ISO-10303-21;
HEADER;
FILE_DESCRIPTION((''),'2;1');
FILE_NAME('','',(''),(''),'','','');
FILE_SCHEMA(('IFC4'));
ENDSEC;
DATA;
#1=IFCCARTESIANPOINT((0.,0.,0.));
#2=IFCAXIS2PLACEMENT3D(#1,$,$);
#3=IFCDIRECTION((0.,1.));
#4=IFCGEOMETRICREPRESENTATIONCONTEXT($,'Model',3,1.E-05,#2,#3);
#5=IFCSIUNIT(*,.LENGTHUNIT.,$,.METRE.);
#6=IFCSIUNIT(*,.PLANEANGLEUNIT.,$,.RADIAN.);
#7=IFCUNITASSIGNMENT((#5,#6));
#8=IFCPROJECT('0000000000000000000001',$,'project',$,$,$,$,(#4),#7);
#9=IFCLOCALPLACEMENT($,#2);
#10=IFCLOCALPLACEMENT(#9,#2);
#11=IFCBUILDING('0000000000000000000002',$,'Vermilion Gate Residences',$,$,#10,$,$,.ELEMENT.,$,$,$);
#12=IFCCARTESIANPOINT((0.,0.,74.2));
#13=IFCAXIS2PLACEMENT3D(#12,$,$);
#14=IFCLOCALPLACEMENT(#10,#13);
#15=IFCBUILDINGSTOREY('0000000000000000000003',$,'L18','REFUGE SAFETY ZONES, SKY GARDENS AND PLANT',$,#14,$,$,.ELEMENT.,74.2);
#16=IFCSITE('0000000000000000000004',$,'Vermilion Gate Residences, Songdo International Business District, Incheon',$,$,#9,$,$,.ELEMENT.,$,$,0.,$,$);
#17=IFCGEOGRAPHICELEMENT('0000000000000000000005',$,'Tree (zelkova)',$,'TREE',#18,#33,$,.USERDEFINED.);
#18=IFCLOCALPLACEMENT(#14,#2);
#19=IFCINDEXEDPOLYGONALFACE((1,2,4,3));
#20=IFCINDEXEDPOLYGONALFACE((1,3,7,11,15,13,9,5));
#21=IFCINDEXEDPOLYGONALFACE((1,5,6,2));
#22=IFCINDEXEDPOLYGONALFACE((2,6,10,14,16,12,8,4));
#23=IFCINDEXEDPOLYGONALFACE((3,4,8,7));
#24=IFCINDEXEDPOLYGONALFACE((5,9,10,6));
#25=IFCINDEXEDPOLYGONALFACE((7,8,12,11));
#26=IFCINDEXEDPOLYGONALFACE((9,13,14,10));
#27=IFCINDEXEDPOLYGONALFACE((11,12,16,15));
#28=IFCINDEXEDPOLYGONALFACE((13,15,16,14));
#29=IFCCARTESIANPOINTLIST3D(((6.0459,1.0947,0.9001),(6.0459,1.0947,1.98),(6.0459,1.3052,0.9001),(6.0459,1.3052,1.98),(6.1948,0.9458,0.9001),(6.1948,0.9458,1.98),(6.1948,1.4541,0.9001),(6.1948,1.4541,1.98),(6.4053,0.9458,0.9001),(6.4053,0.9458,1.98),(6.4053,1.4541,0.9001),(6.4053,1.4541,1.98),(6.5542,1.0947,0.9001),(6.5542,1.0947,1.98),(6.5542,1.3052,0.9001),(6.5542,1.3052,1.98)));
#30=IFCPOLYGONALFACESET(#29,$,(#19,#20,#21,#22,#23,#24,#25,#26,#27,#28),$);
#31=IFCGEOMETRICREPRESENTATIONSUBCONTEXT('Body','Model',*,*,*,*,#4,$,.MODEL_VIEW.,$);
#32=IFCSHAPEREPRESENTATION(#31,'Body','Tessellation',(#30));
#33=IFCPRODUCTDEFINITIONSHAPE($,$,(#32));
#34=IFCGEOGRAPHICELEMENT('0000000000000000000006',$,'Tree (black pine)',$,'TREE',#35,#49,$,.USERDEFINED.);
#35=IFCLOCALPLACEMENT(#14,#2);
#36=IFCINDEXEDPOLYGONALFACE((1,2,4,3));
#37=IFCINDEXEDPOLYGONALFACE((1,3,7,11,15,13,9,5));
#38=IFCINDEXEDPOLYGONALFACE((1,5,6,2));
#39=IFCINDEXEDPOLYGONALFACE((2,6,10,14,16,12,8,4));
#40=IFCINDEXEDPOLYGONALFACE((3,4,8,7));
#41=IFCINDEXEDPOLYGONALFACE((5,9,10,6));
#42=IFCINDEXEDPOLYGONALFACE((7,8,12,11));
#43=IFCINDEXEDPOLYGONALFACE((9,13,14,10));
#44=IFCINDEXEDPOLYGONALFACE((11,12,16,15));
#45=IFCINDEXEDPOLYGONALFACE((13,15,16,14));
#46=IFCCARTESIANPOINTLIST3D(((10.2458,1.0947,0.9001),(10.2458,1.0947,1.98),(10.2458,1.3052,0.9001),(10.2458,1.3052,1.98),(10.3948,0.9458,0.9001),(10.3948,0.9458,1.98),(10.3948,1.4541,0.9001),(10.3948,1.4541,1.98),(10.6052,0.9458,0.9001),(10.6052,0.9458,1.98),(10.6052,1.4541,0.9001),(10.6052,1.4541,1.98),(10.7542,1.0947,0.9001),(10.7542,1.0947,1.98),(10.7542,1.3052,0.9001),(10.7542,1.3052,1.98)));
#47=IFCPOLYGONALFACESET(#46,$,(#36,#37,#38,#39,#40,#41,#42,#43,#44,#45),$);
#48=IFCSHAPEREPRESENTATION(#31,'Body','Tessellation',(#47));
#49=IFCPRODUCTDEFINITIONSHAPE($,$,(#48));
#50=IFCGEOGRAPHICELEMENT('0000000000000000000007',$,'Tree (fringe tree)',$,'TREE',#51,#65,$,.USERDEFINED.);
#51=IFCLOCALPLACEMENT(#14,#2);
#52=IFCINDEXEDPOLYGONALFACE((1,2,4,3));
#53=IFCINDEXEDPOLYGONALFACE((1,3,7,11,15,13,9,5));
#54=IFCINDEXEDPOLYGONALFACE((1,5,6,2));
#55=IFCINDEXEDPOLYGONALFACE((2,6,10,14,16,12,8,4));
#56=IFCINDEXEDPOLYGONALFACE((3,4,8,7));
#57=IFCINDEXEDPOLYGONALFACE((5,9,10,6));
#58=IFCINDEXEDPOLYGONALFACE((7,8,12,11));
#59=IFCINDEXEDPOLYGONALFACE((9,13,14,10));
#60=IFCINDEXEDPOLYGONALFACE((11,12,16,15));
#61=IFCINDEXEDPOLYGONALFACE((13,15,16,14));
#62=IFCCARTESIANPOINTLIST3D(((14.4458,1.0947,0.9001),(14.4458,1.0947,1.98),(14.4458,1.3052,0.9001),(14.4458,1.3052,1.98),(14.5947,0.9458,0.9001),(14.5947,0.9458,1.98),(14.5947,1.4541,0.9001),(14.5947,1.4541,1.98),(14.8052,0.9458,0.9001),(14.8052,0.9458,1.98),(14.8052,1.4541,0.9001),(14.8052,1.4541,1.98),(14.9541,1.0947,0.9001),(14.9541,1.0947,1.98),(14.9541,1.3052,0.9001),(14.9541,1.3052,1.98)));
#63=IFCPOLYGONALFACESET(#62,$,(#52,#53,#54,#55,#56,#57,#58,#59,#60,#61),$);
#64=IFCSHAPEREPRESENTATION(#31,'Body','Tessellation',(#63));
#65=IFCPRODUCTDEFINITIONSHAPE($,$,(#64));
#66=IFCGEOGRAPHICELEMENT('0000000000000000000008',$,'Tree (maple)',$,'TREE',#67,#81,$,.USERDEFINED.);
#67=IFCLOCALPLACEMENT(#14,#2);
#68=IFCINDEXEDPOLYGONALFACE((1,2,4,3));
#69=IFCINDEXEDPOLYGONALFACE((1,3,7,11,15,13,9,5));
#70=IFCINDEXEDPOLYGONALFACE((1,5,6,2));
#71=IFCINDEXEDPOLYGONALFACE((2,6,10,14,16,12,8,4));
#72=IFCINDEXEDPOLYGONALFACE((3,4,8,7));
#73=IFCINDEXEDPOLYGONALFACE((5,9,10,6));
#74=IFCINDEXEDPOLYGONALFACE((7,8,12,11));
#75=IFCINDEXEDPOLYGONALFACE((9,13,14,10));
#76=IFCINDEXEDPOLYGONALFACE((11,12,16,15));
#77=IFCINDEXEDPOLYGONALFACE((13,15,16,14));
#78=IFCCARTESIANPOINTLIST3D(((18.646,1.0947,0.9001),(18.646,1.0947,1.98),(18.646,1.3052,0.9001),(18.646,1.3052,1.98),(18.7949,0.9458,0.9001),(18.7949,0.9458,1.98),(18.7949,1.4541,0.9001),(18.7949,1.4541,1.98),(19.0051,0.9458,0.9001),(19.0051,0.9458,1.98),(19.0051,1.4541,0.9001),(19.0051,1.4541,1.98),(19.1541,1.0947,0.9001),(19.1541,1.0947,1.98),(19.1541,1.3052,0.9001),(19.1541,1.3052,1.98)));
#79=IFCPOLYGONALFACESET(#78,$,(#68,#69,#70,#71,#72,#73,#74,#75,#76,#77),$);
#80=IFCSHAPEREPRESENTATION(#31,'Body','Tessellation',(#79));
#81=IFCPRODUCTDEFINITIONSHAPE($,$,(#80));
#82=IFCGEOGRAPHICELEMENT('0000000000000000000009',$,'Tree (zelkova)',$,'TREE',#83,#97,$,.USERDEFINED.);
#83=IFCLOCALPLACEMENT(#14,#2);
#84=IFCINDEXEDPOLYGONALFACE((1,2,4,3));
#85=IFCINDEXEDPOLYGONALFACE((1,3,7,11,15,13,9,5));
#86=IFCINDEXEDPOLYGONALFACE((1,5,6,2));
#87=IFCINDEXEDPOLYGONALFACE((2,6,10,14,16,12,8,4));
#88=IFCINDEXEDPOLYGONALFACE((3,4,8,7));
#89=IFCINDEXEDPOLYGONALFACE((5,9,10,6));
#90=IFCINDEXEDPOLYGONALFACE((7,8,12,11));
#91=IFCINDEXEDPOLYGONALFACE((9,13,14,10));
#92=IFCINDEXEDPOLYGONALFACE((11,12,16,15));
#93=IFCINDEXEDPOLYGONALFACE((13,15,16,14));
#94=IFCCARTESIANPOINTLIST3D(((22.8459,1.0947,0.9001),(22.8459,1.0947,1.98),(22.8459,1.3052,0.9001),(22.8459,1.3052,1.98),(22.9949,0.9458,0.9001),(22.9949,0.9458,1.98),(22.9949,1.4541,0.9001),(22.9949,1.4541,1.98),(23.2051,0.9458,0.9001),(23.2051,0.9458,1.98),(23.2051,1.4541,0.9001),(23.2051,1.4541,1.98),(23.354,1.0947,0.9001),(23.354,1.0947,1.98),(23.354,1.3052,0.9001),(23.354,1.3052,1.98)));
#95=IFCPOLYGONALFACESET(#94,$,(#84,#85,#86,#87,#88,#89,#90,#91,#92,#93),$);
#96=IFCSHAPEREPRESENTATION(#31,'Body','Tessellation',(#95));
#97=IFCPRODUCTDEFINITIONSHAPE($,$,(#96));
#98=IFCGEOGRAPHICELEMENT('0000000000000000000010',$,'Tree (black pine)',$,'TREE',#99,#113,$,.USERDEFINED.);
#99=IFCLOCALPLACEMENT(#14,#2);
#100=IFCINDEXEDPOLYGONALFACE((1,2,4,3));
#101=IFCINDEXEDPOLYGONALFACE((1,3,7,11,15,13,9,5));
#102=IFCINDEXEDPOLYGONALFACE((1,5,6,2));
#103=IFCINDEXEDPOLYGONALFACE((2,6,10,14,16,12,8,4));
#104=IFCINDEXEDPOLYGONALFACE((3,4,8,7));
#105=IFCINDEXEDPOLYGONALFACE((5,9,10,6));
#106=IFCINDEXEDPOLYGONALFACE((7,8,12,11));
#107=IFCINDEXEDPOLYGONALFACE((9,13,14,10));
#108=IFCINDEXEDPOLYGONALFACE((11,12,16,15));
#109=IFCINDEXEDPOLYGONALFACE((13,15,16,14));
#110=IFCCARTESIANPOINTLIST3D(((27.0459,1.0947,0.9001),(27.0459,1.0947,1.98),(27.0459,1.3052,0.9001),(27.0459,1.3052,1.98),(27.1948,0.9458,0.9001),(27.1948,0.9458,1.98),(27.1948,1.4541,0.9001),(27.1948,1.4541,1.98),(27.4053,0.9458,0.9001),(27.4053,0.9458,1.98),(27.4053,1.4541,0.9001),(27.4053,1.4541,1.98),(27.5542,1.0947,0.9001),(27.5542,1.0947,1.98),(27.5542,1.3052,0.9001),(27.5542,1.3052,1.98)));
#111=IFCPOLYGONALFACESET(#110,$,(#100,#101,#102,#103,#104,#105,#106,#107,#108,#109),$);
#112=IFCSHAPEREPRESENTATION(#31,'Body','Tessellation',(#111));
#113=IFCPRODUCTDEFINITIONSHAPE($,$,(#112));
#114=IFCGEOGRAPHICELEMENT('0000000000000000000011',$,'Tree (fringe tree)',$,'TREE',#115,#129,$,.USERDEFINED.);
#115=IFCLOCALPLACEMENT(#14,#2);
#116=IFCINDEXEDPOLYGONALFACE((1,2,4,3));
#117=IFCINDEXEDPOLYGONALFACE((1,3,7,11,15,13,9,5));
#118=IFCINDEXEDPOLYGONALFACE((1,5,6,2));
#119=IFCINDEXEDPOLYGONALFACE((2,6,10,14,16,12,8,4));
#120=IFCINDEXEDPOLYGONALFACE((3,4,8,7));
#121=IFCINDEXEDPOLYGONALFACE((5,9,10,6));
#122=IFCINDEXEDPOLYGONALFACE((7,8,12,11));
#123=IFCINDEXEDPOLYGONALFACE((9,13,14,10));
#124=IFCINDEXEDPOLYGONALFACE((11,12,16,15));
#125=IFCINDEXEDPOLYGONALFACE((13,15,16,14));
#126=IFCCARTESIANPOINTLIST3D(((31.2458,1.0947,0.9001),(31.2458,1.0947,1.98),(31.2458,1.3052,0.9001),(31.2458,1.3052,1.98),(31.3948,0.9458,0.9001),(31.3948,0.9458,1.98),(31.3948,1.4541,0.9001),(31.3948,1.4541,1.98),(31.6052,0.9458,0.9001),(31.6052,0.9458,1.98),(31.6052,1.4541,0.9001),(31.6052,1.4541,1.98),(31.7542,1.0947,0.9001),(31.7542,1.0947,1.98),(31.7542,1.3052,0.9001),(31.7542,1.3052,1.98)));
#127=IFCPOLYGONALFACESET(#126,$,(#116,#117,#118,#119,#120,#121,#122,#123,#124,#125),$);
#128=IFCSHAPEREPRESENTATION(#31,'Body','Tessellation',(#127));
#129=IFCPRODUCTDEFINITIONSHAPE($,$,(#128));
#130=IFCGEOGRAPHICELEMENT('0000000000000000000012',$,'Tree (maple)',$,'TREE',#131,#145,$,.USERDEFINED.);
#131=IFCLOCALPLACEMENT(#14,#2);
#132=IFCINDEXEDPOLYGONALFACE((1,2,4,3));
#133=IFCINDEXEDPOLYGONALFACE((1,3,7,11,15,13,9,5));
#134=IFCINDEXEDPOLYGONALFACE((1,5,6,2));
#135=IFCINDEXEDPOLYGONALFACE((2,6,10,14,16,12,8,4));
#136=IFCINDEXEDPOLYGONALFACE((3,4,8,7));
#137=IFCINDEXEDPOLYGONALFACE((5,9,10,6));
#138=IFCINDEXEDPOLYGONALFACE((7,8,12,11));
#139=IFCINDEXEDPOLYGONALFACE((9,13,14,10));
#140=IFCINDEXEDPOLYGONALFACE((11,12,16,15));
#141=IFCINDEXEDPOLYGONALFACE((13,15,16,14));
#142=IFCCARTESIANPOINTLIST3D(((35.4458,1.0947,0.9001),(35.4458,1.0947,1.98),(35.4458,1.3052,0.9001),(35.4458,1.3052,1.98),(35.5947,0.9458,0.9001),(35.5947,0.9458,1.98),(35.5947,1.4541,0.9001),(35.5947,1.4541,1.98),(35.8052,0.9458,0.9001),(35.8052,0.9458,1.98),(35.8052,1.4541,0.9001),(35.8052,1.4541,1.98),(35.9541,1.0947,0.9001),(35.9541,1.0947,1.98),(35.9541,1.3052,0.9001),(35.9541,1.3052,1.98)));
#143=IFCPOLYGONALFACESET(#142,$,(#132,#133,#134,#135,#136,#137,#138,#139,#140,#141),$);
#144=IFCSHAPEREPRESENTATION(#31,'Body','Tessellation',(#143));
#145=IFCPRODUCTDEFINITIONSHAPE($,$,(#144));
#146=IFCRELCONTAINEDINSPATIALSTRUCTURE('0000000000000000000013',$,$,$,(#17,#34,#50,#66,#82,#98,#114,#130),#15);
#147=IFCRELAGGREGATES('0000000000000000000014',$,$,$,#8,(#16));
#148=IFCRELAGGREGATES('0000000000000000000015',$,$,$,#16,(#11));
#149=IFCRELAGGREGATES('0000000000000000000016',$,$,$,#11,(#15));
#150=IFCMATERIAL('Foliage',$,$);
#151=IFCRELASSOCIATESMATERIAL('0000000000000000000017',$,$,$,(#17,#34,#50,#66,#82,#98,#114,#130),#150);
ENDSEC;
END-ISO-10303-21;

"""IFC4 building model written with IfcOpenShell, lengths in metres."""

from ifc_helpers import new_model, si_unit, direction, frame, origin, place, context, subcontext, project, spatial, polyline, outline, extrude, material, element, save


model = new_model("IFC4")

# Units and contexts
model_context = context("Model", 3, precision=1e-05, world=origin(), true_north=direction((0.0, 1.0)))
body_context = subcontext(model_context, "Body", "Model", "MODEL_VIEW")
ifc_project = project(units=[si_unit("LENGTHUNIT", "METRE"), si_unit("PLANEANGLEUNIT", "RADIAN")], contexts=[model_context])

# Site, building, storey
site_placement = place(None, origin())
site = spatial("IfcSite", under=ifc_project, at=site_placement, Name="Vermilion Gate Residences, Songdo International Business District, Incheon", CompositionType="ELEMENT", RefElevation=0.0)
building_placement = place(site_placement, origin())
building = spatial("IfcBuilding", under=site, at=building_placement, Name="Vermilion Gate Residences", CompositionType="ELEMENT")
storey_placement = place(building_placement, frame((0.0, 0.0, 74.2)))
storey = spatial("IfcBuildingStorey", under=building, at=storey_placement, Name="L18", Description="REFUGE SAFETY ZONES, SKY GARDENS AND PLANT", CompositionType="ELEMENT", Elevation=74.2)

# Geographic elements
ifc_material_1 = material(Name="Foliage")
geographic_element_1_placement = place(storey_placement, frame((0.0, 0.0, 0.9001)))
element("IfcGeographicElement", 1, at=geographic_element_1_placement, inside=storey, material=ifc_material_1, Name="Tree (zelkova)", ObjectType="TREE", PredefinedType="USERDEFINED", context=body_context, shape_type="SweptSolid", body=[
    extrude(outline(polyline([(6.5542, 1.3052), (6.4053, 1.4541), (6.1948, 1.4541), (6.0459, 1.3052), (6.0459, 1.0947), (6.1948, 0.9458), (6.4053, 0.9458), (6.5542, 1.0947), (6.5542, 1.3052)])), origin(), (0.0, 0.0, 1.0), 1.0798),
])
geographic_element_2_placement = place(storey_placement, frame((0.0, 0.0, 0.9001)))
element("IfcGeographicElement", 2, at=geographic_element_2_placement, inside=storey, material=ifc_material_1, Name="Tree (black pine)", ObjectType="TREE", PredefinedType="USERDEFINED", context=body_context, shape_type="SweptSolid", body=[
    extrude(outline(polyline([(10.7542, 1.3052), (10.6052, 1.4541), (10.3948, 1.4541), (10.2458, 1.3052), (10.2458, 1.0947), (10.3948, 0.9458), (10.6052, 0.9458), (10.7542, 1.0947), (10.7542, 1.3052)])), origin(), (0.0, 0.0, 1.0), 1.0798),
])
geographic_element_3_placement = place(storey_placement, frame((0.0, 0.0, 0.9001)))
element("IfcGeographicElement", 3, at=geographic_element_3_placement, inside=storey, material=ifc_material_1, Name="Tree (fringe tree)", ObjectType="TREE", PredefinedType="USERDEFINED", context=body_context, shape_type="SweptSolid", body=[
    extrude(outline(polyline([(14.9541, 1.3052), (14.8052, 1.4541), (14.5947, 1.4541), (14.4458, 1.3052), (14.4458, 1.0947), (14.5947, 0.9458), (14.8052, 0.9458), (14.9541, 1.0947), (14.9541, 1.3052)])), origin(), (0.0, 0.0, 1.0), 1.0798),
])
geographic_element_4_placement = place(storey_placement, frame((0.0, 0.0, 0.9001)))
element("IfcGeographicElement", 4, at=geographic_element_4_placement, inside=storey, material=ifc_material_1, Name="Tree (maple)", ObjectType="TREE", PredefinedType="USERDEFINED", context=body_context, shape_type="SweptSolid", body=[
    extrude(outline(polyline([(19.1541, 1.3052), (19.0051, 1.4541), (18.7949, 1.4541), (18.646, 1.3052), (18.646, 1.0947), (18.7949, 0.9458), (19.0051, 0.9458), (19.1541, 1.0947), (19.1541, 1.3052)])), origin(), (0.0, 0.0, 1.0), 1.0798),
])
geographic_element_5_placement = place(storey_placement, frame((0.0, 0.0, 0.9001)))
element("IfcGeographicElement", 5, at=geographic_element_5_placement, inside=storey, material=ifc_material_1, Name="Tree (zelkova)", ObjectType="TREE", PredefinedType="USERDEFINED", context=body_context, shape_type="SweptSolid", body=[
    extrude(outline(polyline([(23.354, 1.3052), (23.2051, 1.4541), (22.9949, 1.4541), (22.8459, 1.3052), (22.8459, 1.0947), (22.9949, 0.9458), (23.2051, 0.9458), (23.354, 1.0947), (23.354, 1.3052)])), origin(), (0.0, 0.0, 1.0), 1.0798),
])
geographic_element_6_placement = place(storey_placement, frame((0.0, 0.0, 0.9001)))
element("IfcGeographicElement", 6, at=geographic_element_6_placement, inside=storey, material=ifc_material_1, Name="Tree (black pine)", ObjectType="TREE", PredefinedType="USERDEFINED", context=body_context, shape_type="SweptSolid", body=[
    extrude(outline(polyline([(27.5542, 1.3052), (27.4053, 1.4541), (27.1948, 1.4541), (27.0459, 1.3052), (27.0459, 1.0947), (27.1948, 0.9458), (27.4053, 0.9458), (27.5542, 1.0947), (27.5542, 1.3052)])), origin(), (0.0, 0.0, 1.0), 1.0798),
])
geographic_element_7_placement = place(storey_placement, frame((0.0, 0.0, 0.9001)))
element("IfcGeographicElement", 7, at=geographic_element_7_placement, inside=storey, material=ifc_material_1, Name="Tree (fringe tree)", ObjectType="TREE", PredefinedType="USERDEFINED", context=body_context, shape_type="SweptSolid", body=[
    extrude(outline(polyline([(31.7542, 1.3052), (31.6052, 1.4541), (31.3948, 1.4541), (31.2458, 1.3052), (31.2458, 1.0947), (31.3948, 0.9458), (31.6052, 0.9458), (31.7542, 1.0947), (31.7542, 1.3052)])), origin(), (0.0, 0.0, 1.0), 1.0798),
])
geographic_element_8_placement = place(storey_placement, frame((0.0, 0.0, 0.9001)))
element("IfcGeographicElement", 8, at=geographic_element_8_placement, inside=storey, material=ifc_material_1, Name="Tree (maple)", ObjectType="TREE", PredefinedType="USERDEFINED", context=body_context, shape_type="SweptSolid", body=[
    extrude(outline(polyline([(35.9541, 1.3052), (35.8052, 1.4541), (35.5947, 1.4541), (35.4458, 1.3052), (35.4458, 1.0947), (35.5947, 0.9458), (35.8052, 0.9458), (35.9541, 1.0947), (35.9541, 1.3052)])), origin(), (0.0, 0.0, 1.0), 1.0798),
])

save(model, "model.ifc")
